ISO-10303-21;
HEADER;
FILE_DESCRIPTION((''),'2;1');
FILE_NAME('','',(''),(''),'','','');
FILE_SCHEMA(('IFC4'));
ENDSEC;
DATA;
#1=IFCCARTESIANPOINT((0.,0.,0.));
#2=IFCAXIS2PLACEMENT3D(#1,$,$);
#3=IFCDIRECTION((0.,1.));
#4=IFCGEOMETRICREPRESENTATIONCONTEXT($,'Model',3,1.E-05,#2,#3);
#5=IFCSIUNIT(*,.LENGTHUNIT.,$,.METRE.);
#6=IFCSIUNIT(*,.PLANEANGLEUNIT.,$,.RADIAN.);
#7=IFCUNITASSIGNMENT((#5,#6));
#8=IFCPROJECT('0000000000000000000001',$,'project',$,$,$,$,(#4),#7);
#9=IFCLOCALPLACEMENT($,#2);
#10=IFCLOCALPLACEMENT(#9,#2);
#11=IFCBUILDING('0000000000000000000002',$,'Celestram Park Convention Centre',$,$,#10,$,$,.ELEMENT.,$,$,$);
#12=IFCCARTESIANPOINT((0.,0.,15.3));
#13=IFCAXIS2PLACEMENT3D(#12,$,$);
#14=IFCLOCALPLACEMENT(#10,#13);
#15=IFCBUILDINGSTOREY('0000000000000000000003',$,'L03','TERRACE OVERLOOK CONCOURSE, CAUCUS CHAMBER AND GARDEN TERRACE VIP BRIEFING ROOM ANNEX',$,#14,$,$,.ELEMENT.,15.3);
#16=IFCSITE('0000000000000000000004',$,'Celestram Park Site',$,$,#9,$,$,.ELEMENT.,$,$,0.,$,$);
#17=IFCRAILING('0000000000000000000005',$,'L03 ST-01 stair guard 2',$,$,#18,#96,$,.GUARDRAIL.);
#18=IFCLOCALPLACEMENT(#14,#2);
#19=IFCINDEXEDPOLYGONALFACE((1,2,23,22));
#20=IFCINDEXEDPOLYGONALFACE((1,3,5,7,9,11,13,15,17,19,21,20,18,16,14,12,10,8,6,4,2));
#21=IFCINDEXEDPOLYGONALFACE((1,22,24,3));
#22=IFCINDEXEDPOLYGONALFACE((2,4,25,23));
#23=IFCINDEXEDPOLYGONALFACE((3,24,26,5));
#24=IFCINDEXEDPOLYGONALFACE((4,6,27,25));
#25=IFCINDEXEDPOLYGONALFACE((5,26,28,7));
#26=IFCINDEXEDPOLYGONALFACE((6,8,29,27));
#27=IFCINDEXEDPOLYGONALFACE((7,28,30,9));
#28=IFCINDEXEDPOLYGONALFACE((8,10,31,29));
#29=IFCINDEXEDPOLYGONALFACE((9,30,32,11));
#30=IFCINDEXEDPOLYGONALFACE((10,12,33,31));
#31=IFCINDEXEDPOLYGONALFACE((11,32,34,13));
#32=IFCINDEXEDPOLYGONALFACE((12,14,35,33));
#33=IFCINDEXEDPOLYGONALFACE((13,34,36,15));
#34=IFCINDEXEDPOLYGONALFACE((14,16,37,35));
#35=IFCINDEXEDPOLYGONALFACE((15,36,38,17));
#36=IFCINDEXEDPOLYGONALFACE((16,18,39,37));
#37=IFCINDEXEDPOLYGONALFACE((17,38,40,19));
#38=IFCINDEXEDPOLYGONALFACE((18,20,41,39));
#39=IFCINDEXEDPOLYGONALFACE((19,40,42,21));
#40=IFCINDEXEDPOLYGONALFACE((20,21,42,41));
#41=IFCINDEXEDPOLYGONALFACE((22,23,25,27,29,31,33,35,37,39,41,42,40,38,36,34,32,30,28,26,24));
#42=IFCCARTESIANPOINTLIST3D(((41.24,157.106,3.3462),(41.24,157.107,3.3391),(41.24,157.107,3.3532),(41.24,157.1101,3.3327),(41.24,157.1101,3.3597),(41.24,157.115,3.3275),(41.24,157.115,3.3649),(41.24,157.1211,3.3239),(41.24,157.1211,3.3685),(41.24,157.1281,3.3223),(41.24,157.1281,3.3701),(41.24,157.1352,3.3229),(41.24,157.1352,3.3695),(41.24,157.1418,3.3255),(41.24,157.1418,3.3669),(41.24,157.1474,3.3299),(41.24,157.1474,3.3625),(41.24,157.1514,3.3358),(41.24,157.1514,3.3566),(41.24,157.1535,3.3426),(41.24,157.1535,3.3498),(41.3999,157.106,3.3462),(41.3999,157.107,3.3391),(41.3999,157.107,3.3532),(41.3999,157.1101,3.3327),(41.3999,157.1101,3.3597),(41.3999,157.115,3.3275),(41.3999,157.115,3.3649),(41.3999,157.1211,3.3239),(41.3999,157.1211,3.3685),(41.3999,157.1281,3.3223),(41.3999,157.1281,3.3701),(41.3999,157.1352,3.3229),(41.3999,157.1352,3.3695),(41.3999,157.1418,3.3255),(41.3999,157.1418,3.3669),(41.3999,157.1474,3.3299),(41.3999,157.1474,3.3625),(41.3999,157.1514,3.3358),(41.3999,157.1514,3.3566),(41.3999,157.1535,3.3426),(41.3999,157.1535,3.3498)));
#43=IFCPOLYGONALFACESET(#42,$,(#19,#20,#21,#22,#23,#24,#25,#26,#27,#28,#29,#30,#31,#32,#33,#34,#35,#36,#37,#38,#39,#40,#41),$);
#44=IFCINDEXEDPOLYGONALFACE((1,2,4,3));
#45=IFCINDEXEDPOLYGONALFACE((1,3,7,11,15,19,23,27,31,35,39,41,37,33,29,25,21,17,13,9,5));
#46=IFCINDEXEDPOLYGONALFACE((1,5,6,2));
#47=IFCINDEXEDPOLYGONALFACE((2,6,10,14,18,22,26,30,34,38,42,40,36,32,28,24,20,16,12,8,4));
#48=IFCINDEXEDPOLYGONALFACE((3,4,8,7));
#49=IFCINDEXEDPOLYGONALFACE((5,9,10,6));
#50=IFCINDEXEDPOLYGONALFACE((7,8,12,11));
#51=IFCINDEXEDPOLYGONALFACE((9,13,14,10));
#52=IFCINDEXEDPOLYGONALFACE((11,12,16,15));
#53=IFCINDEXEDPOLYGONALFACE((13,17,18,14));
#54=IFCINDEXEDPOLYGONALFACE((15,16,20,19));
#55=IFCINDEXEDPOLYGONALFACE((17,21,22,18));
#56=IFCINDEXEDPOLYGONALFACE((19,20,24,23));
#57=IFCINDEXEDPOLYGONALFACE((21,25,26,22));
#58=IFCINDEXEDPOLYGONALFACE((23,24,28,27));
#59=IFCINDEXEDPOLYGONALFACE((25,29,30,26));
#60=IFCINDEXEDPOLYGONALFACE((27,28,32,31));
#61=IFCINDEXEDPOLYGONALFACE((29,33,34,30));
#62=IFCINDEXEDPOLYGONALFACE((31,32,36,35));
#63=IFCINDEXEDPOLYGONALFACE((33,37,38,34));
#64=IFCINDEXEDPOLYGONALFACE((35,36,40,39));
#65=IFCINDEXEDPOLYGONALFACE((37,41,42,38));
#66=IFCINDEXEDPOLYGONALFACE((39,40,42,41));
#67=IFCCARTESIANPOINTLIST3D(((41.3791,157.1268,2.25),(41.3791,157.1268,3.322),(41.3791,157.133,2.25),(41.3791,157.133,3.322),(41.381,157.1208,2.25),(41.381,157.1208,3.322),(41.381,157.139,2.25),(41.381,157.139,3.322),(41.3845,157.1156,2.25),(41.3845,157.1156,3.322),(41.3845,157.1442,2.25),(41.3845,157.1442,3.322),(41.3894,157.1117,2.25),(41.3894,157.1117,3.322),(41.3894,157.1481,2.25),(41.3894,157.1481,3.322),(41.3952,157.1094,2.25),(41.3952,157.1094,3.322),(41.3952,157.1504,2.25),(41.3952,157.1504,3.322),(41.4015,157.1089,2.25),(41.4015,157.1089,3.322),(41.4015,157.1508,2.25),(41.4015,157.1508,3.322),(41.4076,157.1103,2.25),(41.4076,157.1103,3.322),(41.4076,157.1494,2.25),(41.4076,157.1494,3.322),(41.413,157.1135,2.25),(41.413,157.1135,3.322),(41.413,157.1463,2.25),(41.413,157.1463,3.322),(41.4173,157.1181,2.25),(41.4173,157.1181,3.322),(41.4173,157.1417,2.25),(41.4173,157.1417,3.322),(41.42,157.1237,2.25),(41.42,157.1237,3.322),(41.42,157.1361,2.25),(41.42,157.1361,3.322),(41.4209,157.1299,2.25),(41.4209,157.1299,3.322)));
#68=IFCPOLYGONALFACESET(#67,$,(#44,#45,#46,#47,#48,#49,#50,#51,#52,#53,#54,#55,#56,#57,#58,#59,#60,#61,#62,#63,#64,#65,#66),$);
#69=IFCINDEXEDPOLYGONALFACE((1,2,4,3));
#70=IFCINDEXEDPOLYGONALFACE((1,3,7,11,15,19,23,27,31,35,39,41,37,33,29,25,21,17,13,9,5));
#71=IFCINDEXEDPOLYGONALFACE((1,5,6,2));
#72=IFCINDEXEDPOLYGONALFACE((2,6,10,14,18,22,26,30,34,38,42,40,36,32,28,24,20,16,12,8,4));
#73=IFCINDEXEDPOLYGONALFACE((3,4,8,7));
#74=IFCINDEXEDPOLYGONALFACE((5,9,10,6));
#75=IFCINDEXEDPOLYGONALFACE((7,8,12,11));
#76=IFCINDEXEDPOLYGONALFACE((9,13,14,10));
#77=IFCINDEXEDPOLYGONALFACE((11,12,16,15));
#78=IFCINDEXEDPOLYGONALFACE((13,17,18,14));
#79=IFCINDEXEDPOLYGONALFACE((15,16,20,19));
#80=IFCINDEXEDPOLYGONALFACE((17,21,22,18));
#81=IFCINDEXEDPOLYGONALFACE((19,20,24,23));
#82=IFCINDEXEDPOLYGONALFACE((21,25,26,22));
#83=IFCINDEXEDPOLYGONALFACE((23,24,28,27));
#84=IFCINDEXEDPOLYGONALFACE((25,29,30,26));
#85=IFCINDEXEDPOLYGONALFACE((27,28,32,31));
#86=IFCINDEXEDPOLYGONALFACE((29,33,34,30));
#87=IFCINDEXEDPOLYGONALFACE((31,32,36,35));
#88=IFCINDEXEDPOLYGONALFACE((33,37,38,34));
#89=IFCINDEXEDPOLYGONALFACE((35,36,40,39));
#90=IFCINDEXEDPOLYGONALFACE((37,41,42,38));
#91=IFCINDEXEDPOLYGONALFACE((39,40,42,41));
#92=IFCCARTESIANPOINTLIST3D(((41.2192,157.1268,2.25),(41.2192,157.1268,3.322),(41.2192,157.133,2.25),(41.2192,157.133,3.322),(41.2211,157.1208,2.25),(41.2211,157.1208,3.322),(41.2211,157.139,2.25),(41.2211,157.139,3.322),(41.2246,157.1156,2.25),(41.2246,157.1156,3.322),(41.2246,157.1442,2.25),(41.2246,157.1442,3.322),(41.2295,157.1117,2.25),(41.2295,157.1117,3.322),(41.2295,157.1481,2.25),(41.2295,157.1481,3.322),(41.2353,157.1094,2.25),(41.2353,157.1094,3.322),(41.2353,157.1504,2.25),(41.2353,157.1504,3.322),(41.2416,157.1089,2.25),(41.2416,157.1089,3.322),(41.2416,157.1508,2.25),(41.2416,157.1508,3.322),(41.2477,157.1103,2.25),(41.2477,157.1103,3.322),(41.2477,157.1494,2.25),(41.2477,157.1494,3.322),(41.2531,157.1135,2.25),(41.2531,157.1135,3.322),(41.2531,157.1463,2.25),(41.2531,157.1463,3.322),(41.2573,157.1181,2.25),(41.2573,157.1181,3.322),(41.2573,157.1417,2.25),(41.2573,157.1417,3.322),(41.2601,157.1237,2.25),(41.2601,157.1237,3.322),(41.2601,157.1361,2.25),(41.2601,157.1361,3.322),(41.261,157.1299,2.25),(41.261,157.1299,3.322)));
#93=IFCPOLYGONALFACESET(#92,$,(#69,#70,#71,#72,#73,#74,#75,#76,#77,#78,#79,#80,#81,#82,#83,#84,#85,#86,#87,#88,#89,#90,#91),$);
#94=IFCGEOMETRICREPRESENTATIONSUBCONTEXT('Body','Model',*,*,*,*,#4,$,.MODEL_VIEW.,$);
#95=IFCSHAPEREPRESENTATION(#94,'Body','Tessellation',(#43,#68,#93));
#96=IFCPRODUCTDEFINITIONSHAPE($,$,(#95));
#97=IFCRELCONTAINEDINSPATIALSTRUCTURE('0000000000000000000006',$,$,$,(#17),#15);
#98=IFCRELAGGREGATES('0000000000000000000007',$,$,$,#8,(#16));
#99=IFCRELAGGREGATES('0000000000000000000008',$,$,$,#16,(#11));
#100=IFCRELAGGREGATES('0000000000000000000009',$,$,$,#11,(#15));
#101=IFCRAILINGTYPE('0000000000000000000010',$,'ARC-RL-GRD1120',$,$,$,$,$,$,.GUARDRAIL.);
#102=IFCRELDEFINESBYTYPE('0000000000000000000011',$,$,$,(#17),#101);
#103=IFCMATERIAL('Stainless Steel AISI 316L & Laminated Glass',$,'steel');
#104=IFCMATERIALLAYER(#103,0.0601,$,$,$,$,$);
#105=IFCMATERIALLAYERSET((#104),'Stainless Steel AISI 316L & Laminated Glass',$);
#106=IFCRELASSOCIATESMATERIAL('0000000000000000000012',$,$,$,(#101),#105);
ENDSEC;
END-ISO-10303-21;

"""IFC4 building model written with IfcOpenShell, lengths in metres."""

from ifc_helpers import new_model, si_unit, direction, frame, origin, origin_2d, place, context, subcontext, project, spatial, circle, extrude, material, layer, layer_set, type_object, element, save


model = new_model("IFC4")

# Units and contexts
model_context = context("Model", 3, precision=1e-05, world=origin(), true_north=direction((0.0, 1.0)))
body_context = subcontext(model_context, "Body", "Model", "MODEL_VIEW")
ifc_project = project(units=[si_unit("LENGTHUNIT", "METRE"), si_unit("PLANEANGLEUNIT", "RADIAN")], contexts=[model_context])

# Site, building, storey
site_placement = place(None, origin())
site = spatial("IfcSite", under=ifc_project, at=site_placement, Name="Celestram Park Site", CompositionType="ELEMENT", RefElevation=0.0)
building_placement = place(site_placement, origin())
building = spatial("IfcBuilding", under=site, at=building_placement, Name="Celestram Park Convention Centre", CompositionType="ELEMENT")
storey_placement = place(building_placement, frame((0.0, 0.0, 15.3)))
storey = spatial("IfcBuildingStorey", under=building, at=storey_placement, Name="L03", Description="TERRACE OVERLOOK CONCOURSE, CAUCUS CHAMBER AND GARDEN TERRACE VIP BRIEFING ROOM ANNEX", CompositionType="ELEMENT", Elevation=15.3)

# Railing
ifc_material_1 = material(Name="Stainless Steel AISI 316L & Laminated Glass", Category="steel")
ifc_layer_1 = layer(ifc_material_1, 0.0601)
ifc_layer_set_1 = layer_set([ifc_layer_1], Name="Stainless Steel AISI 316L & Laminated Glass")
railing_type_1 = type_object("IfcRailingType", Name="ARC-RL-GRD1120", PredefinedType="GUARDRAIL", material=ifc_layer_set_1)
railing_1_placement = place(storey_placement, frame((41.3999, 157.1299, 2.25)))
element("IfcRailing", 1, at=railing_1_placement, inside=storey, type_object=railing_type_1, Name="L03 ST-01 stair guard 2", PredefinedType="GUARDRAIL", context=body_context, shape_type="SweptSolid", body=[
    extrude(circle(Radius=0.0239, at=origin_2d()), frame((0.0, 0.0, 1.0962), z_axis=(-1.0, 0.0, 0.0), x_axis=(0.0, -1.0, 0.0)), (0.0, 0.0, 1.0), 0.1599),
    extrude(circle(Radius=0.021, at=origin_2d()), origin(), (0.0, 0.0, 1.0), 1.072),
    extrude(circle(Radius=0.021, at=origin_2d()), frame((-0.1599, 0.0, 0.0)), (0.0, 0.0, 1.0), 1.072),
])

save(model, "model.ifc")
